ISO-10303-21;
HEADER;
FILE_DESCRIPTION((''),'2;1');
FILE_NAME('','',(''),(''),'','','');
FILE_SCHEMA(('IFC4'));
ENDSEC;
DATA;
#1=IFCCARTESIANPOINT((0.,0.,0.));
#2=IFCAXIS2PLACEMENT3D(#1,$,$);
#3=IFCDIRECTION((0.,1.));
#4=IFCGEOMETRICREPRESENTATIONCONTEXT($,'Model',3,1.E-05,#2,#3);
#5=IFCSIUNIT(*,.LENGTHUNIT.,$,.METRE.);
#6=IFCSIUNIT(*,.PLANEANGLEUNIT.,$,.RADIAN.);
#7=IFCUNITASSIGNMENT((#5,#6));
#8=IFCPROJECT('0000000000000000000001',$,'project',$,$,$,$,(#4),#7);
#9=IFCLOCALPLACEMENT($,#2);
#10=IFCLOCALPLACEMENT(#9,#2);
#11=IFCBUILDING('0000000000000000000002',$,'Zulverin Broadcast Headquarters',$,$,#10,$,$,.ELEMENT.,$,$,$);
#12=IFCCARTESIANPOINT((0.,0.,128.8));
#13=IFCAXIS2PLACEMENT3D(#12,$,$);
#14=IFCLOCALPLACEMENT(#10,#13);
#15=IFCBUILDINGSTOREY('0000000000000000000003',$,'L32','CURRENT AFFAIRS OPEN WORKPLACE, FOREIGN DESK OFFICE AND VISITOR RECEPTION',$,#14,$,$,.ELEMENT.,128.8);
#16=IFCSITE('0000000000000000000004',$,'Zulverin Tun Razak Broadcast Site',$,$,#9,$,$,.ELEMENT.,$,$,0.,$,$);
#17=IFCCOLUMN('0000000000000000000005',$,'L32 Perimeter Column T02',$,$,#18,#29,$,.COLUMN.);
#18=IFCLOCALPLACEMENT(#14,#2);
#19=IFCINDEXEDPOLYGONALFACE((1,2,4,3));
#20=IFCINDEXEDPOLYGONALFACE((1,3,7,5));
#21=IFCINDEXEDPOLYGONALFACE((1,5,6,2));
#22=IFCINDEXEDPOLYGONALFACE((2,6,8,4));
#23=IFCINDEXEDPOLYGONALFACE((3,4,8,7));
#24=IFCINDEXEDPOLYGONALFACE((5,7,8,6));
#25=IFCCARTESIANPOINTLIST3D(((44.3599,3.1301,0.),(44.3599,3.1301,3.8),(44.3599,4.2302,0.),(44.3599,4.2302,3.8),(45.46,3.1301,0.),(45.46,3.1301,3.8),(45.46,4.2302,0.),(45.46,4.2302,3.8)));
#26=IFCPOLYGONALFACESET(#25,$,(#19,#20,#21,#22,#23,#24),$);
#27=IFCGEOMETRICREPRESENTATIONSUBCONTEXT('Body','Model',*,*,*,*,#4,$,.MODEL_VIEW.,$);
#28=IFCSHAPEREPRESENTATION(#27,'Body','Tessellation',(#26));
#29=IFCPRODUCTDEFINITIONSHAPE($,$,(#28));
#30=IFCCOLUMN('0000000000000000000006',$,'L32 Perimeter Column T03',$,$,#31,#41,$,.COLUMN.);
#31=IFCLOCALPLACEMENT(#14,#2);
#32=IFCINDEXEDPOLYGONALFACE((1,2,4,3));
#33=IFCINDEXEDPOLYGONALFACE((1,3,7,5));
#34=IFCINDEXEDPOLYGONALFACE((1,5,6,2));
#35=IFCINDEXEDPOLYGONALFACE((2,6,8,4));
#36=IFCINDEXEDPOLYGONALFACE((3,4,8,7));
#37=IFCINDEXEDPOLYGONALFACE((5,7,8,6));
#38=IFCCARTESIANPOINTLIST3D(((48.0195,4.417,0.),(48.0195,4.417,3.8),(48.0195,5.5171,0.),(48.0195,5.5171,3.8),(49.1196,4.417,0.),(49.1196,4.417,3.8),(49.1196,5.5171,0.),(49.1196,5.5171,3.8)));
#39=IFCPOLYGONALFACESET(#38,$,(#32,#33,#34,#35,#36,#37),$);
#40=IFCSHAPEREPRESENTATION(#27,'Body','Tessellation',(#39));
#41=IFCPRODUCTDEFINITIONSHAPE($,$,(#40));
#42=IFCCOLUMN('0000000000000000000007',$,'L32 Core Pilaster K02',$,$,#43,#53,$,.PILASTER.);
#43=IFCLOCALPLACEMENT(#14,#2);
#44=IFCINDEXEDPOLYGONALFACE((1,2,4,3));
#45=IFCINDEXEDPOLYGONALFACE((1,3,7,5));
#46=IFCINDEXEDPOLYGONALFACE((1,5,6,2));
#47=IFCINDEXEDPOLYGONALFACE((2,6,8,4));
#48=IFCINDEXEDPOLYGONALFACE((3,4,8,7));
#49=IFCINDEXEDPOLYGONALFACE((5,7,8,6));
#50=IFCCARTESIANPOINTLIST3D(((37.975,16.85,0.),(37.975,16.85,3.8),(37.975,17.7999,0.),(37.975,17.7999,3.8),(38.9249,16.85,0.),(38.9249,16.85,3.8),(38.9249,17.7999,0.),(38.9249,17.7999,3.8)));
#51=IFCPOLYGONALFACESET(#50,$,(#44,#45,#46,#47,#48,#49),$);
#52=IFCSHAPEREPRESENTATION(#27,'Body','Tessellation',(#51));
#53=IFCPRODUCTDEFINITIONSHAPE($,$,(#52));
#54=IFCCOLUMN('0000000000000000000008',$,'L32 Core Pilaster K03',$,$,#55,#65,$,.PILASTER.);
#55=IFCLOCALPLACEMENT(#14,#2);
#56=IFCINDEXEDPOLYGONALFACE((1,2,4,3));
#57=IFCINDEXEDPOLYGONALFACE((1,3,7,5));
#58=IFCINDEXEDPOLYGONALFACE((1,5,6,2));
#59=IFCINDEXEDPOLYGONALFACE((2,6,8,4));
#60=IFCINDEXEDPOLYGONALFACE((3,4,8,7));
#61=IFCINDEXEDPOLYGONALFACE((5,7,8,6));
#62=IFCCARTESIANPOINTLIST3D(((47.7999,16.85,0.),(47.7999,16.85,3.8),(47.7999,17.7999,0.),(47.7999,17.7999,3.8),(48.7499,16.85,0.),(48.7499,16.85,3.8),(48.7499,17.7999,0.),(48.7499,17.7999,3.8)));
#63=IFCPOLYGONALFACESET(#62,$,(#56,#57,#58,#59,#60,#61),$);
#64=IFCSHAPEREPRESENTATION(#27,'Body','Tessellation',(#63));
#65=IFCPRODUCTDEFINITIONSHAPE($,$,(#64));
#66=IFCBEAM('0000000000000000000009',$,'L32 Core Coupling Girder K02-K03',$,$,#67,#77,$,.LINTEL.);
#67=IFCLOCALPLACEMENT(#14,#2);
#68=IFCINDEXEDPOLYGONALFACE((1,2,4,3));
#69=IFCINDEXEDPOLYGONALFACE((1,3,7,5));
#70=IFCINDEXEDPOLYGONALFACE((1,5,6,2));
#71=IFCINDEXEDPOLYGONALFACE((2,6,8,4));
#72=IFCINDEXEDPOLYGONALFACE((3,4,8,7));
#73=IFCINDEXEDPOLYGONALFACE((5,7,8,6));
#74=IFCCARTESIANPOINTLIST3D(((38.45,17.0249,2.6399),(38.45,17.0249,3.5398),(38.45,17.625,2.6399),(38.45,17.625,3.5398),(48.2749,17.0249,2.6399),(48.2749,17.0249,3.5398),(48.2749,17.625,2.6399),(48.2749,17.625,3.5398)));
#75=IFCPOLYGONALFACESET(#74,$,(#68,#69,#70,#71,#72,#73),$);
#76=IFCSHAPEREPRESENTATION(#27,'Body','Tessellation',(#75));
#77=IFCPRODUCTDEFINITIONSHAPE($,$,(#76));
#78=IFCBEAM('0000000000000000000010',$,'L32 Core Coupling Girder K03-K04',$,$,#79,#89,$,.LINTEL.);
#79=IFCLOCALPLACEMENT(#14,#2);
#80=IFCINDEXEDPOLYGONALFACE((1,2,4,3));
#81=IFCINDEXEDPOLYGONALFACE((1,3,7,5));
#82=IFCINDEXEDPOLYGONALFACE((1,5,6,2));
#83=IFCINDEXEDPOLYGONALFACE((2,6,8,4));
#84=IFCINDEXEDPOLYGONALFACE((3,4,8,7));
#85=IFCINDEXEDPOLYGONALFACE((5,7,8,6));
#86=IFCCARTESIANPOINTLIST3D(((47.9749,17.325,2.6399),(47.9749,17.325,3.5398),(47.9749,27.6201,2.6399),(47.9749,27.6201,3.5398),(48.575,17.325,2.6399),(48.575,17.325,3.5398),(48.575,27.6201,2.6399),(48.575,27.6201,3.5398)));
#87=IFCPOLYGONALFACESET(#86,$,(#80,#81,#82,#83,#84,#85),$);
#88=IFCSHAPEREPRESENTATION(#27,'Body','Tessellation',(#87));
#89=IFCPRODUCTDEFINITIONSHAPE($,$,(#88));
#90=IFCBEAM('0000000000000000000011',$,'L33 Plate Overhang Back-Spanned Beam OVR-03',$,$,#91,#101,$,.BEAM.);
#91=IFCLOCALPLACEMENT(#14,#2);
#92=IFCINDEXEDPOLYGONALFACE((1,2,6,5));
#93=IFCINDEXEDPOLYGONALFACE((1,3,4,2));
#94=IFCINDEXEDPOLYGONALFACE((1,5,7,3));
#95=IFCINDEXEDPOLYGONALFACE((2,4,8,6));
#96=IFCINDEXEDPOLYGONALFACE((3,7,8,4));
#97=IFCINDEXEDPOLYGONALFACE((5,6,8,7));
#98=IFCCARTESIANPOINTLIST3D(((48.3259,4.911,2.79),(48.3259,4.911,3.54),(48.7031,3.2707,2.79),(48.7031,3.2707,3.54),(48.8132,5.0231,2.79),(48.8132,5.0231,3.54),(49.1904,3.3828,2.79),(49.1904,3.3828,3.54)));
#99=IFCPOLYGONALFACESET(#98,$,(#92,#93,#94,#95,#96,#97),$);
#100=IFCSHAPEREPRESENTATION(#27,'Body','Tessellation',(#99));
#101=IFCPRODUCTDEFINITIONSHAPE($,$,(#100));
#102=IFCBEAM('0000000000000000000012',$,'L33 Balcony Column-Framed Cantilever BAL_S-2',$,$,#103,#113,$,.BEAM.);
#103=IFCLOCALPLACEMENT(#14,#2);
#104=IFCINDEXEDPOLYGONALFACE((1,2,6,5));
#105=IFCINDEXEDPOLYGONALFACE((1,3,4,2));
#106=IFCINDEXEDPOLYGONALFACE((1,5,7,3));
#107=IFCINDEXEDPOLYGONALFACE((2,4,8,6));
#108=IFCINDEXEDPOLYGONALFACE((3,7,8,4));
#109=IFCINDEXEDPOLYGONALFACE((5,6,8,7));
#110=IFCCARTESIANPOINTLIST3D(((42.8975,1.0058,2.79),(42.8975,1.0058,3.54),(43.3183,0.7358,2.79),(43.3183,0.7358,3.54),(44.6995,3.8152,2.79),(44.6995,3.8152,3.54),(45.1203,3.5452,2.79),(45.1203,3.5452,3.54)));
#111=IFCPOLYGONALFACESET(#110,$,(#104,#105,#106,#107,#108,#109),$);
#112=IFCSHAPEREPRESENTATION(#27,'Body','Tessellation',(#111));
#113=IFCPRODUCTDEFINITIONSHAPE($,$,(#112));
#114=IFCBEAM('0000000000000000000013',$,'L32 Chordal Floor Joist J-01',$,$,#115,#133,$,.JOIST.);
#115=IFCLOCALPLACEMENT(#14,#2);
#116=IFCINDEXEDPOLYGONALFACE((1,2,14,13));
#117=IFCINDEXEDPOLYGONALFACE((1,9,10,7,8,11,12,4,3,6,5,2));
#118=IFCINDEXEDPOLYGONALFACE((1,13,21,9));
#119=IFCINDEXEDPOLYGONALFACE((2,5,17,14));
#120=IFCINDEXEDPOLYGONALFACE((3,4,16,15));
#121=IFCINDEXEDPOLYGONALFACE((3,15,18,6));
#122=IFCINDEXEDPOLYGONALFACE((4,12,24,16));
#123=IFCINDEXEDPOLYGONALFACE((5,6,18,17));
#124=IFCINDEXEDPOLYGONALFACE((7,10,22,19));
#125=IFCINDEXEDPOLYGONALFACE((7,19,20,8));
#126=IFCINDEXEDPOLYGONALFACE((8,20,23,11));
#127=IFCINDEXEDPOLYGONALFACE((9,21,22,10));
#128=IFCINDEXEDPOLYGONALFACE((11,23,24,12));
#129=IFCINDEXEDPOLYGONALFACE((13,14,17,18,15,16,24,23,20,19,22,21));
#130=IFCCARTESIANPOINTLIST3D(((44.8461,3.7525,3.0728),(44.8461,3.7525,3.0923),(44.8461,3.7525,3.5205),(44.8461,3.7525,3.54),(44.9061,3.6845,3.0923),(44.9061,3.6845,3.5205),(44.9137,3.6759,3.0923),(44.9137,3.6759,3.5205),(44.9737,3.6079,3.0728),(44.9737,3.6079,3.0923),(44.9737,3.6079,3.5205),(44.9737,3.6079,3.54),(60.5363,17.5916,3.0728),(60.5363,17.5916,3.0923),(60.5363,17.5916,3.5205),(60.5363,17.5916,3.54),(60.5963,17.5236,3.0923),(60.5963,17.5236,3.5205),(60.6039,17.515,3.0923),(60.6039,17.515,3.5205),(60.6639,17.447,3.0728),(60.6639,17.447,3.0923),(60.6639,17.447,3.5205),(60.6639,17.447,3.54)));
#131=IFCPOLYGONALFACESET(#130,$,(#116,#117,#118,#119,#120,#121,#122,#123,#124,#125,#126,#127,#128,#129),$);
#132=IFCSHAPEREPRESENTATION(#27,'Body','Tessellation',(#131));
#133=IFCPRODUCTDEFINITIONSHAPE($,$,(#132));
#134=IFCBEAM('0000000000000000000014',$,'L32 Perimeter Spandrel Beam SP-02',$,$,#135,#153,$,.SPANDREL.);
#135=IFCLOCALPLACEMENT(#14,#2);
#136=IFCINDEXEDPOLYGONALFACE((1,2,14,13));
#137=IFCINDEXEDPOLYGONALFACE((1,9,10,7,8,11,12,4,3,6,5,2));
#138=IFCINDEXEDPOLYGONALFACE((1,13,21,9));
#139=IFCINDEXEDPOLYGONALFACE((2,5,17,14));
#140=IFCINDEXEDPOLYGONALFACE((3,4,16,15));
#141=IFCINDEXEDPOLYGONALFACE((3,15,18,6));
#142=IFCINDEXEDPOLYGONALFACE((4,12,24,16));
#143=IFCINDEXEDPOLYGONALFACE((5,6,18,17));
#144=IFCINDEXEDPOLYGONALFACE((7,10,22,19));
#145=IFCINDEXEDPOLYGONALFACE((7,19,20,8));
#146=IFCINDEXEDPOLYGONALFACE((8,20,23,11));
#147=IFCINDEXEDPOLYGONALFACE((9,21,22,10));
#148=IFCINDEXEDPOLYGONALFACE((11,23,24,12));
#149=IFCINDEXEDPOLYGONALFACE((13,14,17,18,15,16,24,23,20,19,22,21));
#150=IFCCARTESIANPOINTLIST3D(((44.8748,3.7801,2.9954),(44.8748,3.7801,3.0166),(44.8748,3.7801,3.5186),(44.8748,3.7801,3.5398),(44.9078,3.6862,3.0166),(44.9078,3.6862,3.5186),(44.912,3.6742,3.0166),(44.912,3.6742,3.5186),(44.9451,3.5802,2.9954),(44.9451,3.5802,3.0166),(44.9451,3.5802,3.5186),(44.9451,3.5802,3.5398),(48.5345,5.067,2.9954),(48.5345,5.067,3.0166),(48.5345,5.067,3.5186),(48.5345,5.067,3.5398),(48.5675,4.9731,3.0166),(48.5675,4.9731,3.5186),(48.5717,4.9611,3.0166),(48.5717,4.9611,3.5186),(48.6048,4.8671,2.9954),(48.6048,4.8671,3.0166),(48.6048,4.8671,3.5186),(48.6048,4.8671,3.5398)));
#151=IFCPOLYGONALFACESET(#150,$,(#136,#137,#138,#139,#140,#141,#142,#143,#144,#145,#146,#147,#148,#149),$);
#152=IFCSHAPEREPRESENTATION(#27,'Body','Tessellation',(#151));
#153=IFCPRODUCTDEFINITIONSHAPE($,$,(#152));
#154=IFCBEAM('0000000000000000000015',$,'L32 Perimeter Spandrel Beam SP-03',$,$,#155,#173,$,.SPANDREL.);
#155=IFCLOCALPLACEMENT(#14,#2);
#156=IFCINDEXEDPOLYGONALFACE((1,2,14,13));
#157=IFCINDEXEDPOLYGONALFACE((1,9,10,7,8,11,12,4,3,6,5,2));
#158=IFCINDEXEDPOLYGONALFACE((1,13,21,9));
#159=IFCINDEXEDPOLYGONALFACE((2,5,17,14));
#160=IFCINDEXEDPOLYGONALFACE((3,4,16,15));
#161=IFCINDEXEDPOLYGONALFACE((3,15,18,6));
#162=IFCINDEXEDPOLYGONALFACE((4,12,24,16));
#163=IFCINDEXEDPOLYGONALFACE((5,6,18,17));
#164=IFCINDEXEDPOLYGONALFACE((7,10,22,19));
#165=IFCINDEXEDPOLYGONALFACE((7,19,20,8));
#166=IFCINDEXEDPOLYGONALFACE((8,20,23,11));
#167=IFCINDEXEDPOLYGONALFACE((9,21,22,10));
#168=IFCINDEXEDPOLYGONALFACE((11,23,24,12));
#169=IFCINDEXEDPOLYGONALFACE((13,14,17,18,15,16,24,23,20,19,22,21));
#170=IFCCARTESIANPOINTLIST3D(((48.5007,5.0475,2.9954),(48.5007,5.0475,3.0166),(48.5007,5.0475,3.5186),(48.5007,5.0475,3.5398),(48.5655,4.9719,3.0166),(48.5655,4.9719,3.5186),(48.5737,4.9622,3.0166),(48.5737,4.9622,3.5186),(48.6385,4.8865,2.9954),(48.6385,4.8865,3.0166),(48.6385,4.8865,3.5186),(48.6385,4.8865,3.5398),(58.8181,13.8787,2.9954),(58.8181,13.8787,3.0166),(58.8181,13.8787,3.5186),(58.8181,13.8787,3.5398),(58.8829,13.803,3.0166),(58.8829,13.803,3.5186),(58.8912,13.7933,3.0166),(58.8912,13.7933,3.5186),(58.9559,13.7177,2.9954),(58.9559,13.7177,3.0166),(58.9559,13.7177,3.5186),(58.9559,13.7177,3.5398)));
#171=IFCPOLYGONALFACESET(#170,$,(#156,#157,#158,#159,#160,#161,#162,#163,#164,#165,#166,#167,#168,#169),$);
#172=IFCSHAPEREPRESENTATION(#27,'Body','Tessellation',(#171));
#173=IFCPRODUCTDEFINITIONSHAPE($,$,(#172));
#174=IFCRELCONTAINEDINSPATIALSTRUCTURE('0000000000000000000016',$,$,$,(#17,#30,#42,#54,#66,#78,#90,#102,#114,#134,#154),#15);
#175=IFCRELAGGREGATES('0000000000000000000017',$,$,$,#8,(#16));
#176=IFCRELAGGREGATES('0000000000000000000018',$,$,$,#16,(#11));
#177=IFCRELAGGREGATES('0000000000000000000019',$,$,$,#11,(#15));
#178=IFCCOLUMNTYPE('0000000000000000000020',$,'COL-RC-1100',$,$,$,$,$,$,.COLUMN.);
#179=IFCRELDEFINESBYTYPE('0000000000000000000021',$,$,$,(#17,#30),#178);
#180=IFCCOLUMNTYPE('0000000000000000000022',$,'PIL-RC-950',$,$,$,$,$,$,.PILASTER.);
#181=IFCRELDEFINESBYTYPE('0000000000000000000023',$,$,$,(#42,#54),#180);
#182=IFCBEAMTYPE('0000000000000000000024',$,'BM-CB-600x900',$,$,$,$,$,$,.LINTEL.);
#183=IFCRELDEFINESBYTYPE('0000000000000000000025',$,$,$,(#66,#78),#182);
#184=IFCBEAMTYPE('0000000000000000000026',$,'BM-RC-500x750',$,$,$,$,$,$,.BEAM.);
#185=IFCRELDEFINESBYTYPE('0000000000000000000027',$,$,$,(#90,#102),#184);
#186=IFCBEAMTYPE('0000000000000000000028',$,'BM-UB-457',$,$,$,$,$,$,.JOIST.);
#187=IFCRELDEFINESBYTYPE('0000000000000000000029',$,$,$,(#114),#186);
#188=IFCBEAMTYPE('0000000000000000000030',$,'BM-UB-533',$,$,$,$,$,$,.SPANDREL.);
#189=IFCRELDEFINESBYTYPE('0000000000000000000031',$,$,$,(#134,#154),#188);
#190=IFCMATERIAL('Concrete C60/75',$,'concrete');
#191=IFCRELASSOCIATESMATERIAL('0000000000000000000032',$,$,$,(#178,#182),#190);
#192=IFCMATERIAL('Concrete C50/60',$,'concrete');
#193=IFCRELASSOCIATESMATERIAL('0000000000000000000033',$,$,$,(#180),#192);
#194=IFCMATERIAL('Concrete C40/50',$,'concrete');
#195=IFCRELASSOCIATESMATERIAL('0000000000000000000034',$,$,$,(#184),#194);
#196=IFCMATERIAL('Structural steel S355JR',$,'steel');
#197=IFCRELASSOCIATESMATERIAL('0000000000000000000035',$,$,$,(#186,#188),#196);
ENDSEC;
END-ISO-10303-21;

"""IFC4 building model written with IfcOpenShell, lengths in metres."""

from ifc_helpers import new_model, si_unit, direction, frame, origin, origin_2d, place, context, subcontext, project, spatial, rectangle, i_section, extrude, material, material_profile, profile_set, type_object, element, save


model = new_model("IFC4")

# Units and contexts
model_context = context("Model", 3, precision=1e-05, world=origin(), true_north=direction((0.0, 1.0)))
body_context = subcontext(model_context, "Body", "Model", "MODEL_VIEW")
ifc_project = project(units=[si_unit("LENGTHUNIT", "METRE"), si_unit("PLANEANGLEUNIT", "RADIAN")], contexts=[model_context])

# Site, building, storey
site_placement = place(None, origin())
site = spatial("IfcSite", under=ifc_project, at=site_placement, Name="Zulverin Tun Razak Broadcast Site", CompositionType="ELEMENT", RefElevation=0.0)
building_placement = place(site_placement, origin())
building = spatial("IfcBuilding", under=site, at=building_placement, Name="Zulverin Broadcast Headquarters", CompositionType="ELEMENT")
storey_placement = place(building_placement, frame((0.0, 0.0, 128.8)))
storey = spatial("IfcBuildingStorey", under=building, at=storey_placement, Name="L32", Description="CURRENT AFFAIRS OPEN WORKPLACE, FOREIGN DESK OFFICE AND VISITOR RECEPTION", CompositionType="ELEMENT", Elevation=128.8)

# Columns
ifc_material_1 = material(Name="Concrete C60/75", Category="concrete")
ifc_material_profile_1 = material_profile(ifc_material_1, rectangle(XDim=1.1001, YDim=1.1001, at=origin_2d()), Name="Concrete C60/75", Category="concrete")
ifc_profile_set_1 = profile_set([ifc_material_profile_1], Name="Concrete C60/75")
column_type_1 = type_object("IfcColumnType", Name="COL-RC-1100", PredefinedType="COLUMN", material=ifc_profile_set_1)
for number, where, z_axis, x_axis, name in (
    (1, (44.9099, 3.6802, 0.0), (0.0, 0.0, 1.0), (1.0, 0.0, 0.0), "L32 Perimeter Column T02"),
    (2, (48.5696, 4.967, 0.0), (0.0, 0.0, 1.0), (1.0, 0.0, 0.0), "L32 Perimeter Column T03"),
):
    element("IfcColumn", number, at=place(storey_placement, frame(where, z_axis=z_axis, x_axis=x_axis)), inside=storey, type_object=column_type_1, Name=name, PredefinedType="COLUMN", context=body_context, shape_type="SweptSolid", body=[
        extrude(rectangle(XDim=1.1001, YDim=1.1001, at=origin_2d()), origin(), (0.0, 0.0, 1.0), 3.8),
    ])
ifc_material_2 = material(Name="Concrete C50/60", Category="concrete")
ifc_material_profile_2 = material_profile(ifc_material_2, rectangle(XDim=0.95, YDim=0.95, at=origin_2d()), Name="Concrete C50/60", Category="concrete")
ifc_profile_set_2 = profile_set([ifc_material_profile_2], Name="Concrete C50/60")
column_type_2 = type_object("IfcColumnType", Name="PIL-RC-950", PredefinedType="PILASTER", material=ifc_profile_set_2)
for number, where, z_axis, x_axis, name in (
    (3, (38.45, 17.325, 0.0), (0.0, 0.0, 1.0), (1.0, 0.0, 0.0), "L32 Core Pilaster K02"),
    (4, (48.2749, 17.325, 0.0), (0.0, 0.0, 1.0), (1.0, 0.0, 0.0), "L32 Core Pilaster K03"),
):
    element("IfcColumn", number, at=place(storey_placement, frame(where, z_axis=z_axis, x_axis=x_axis)), inside=storey, type_object=column_type_2, Name=name, PredefinedType="PILASTER", context=body_context, shape_type="SweptSolid", body=[
        extrude(rectangle(XDim=0.95, YDim=0.95, at=origin_2d()), origin(), (0.0, 0.0, 1.0), 3.8),
    ])

# Beams
ifc_material_profile_3 = material_profile(ifc_material_1, rectangle(XDim=0.6001, YDim=0.8999, at=origin_2d()), Name="Concrete C60/75", Category="concrete")
ifc_profile_set_3 = profile_set([ifc_material_profile_3], Name="Concrete C60/75")
beam_type_1 = type_object("IfcBeamType", Name="BM-CB-600x900", PredefinedType="LINTEL", material=ifc_profile_set_3)
beam_1_placement = place(storey_placement, frame((38.45, 17.325, 3.0898), z_axis=(1.0, 0.0, 0.0), x_axis=(0.0, 1.0, 0.0)))
element("IfcBeam", 5, at=beam_1_placement, inside=storey, type_object=beam_type_1, Name="L32 Core Coupling Girder K02-K03", PredefinedType="LINTEL", context=body_context, shape_type="SweptSolid", body=[
    extrude(rectangle(XDim=0.6001, YDim=0.8999, at=origin_2d()), origin(), (0.0, 0.0, 1.0), 9.825),
])
beam_2_placement = place(storey_placement, frame((48.2749, 17.325, 3.0898), z_axis=(0.0, 1.0, 0.0), x_axis=(-1.0, 0.0, 0.0)))
element("IfcBeam", 6, at=beam_2_placement, inside=storey, type_object=beam_type_1, Name="L32 Core Coupling Girder K03-K04", PredefinedType="LINTEL", context=body_context, shape_type="SweptSolid", body=[
    extrude(rectangle(XDim=0.6001, YDim=0.8999, at=origin_2d()), origin(), (0.0, 0.0, 1.0), 10.2952),
])
ifc_material_3 = material(Name="Concrete C40/50", Category="concrete")
ifc_material_profile_4 = material_profile(ifc_material_3, rectangle(XDim=0.5, YDim=0.75, at=origin_2d()), Name="Concrete C40/50", Category="concrete")
ifc_profile_set_4 = profile_set([ifc_material_profile_4], Name="Concrete C40/50")
beam_type_2 = type_object("IfcBeamType", Name="BM-RC-500x750", PredefinedType="BEAM", material=ifc_profile_set_4)
beam_3_placement = place(storey_placement, frame((48.5696, 4.967, 3.165), z_axis=(0.224097, -0.974567, 0.0), x_axis=(0.974567, 0.224097, 0.0)))
element("IfcBeam", 7, at=beam_3_placement, inside=storey, type_object=beam_type_2, Name="L33 Plate Overhang Back-Spanned Beam OVR-03", PredefinedType="BEAM", context=body_context, shape_type="SweptSolid", body=[
    extrude(rectangle(XDim=0.5, YDim=0.75, at=origin_2d()), origin(), (0.0, 0.0, 1.0), 1.6831),
])
beam_4_placement = place(storey_placement, frame((44.9099, 3.6802, 3.165), z_axis=(-0.539911, -0.841722, 0.0), x_axis=(0.841722, -0.539911, 0.0)))
element("IfcBeam", 8, at=beam_4_placement, inside=storey, type_object=beam_type_2, Name="L33 Balcony Column-Framed Cantilever BAL_S-2", PredefinedType="BEAM", context=body_context, shape_type="SweptSolid", body=[
    extrude(rectangle(XDim=0.5, YDim=0.75, at=origin_2d()), origin(), (0.0, 0.0, 1.0), 3.3376),
])
ifc_material_4 = material(Name="Structural steel S355JR", Category="steel")
ifc_material_profile_5 = material_profile(ifc_material_4, i_section(OverallWidth=0.1929, OverallDepth=0.4673, WebThickness=0.0115, FlangeThickness=0.0195, at=origin_2d()), Name="Structural steel S355JR", Category="steel")
ifc_profile_set_5 = profile_set([ifc_material_profile_5], Name="Structural steel S355JR")
beam_type_3 = type_object("IfcBeamType", Name="BM-UB-457", PredefinedType="JOIST", material=ifc_profile_set_5)
beam_5_placement = place(storey_placement, frame((44.9099, 3.6802, 3.3064), z_axis=(0.74996, 0.661483, 0.0), x_axis=(-0.661483, 0.74996, 0.0)))
element("IfcBeam", 9, at=beam_5_placement, inside=storey, type_object=beam_type_3, Name="L32 Chordal Floor Joist J-01", PredefinedType="JOIST", context=body_context, shape_type="SweptSolid", body=[
    extrude(i_section(OverallWidth=0.1929, OverallDepth=0.4673, WebThickness=0.0115, FlangeThickness=0.0195, at=origin_2d()), origin(), (0.0, 0.0, 1.0), 20.9214),
])
ifc_material_profile_6 = material_profile(ifc_material_4, i_section(OverallWidth=0.2119, OverallDepth=0.5444, WebThickness=0.0127, FlangeThickness=0.0212, at=origin_2d()), Name="Structural steel S355JR", Category="steel")
ifc_profile_set_6 = profile_set([ifc_material_profile_6], Name="Structural steel S355JR")
beam_type_4 = type_object("IfcBeamType", Name="BM-UB-533", PredefinedType="SPANDREL", material=ifc_profile_set_6)
beam_6_placement = place(storey_placement, frame((44.9099, 3.6802, 3.2676), z_axis=(0.943377, 0.331724, 0.0), x_axis=(-0.331724, 0.943377, 0.0)))
element("IfcBeam", 10, at=beam_6_placement, inside=storey, type_object=beam_type_4, Name="L32 Perimeter Spandrel Beam SP-02", PredefinedType="SPANDREL", context=body_context, shape_type="SweptSolid", body=[
    extrude(i_section(OverallWidth=0.2119, OverallDepth=0.5444, WebThickness=0.0127, FlangeThickness=0.0212, at=origin_2d()), origin(), (0.0, 0.0, 1.0), 3.8794),
])
beam_7_placement = place(storey_placement, frame((48.5696, 4.967, 3.2676), z_axis=(0.759708, 0.650264, 0.0), x_axis=(-0.650264, 0.759708, 0.0)))
element("IfcBeam", 11, at=beam_7_placement, inside=storey, type_object=beam_type_4, Name="L32 Perimeter Spandrel Beam SP-03", PredefinedType="SPANDREL", context=body_context, shape_type="SweptSolid", body=[
    extrude(i_section(OverallWidth=0.2119, OverallDepth=0.5444, WebThickness=0.0127, FlangeThickness=0.0212, at=origin_2d()), origin(), (0.0, 0.0, 1.0), 13.5808),
])

save(model, "model.ifc")
